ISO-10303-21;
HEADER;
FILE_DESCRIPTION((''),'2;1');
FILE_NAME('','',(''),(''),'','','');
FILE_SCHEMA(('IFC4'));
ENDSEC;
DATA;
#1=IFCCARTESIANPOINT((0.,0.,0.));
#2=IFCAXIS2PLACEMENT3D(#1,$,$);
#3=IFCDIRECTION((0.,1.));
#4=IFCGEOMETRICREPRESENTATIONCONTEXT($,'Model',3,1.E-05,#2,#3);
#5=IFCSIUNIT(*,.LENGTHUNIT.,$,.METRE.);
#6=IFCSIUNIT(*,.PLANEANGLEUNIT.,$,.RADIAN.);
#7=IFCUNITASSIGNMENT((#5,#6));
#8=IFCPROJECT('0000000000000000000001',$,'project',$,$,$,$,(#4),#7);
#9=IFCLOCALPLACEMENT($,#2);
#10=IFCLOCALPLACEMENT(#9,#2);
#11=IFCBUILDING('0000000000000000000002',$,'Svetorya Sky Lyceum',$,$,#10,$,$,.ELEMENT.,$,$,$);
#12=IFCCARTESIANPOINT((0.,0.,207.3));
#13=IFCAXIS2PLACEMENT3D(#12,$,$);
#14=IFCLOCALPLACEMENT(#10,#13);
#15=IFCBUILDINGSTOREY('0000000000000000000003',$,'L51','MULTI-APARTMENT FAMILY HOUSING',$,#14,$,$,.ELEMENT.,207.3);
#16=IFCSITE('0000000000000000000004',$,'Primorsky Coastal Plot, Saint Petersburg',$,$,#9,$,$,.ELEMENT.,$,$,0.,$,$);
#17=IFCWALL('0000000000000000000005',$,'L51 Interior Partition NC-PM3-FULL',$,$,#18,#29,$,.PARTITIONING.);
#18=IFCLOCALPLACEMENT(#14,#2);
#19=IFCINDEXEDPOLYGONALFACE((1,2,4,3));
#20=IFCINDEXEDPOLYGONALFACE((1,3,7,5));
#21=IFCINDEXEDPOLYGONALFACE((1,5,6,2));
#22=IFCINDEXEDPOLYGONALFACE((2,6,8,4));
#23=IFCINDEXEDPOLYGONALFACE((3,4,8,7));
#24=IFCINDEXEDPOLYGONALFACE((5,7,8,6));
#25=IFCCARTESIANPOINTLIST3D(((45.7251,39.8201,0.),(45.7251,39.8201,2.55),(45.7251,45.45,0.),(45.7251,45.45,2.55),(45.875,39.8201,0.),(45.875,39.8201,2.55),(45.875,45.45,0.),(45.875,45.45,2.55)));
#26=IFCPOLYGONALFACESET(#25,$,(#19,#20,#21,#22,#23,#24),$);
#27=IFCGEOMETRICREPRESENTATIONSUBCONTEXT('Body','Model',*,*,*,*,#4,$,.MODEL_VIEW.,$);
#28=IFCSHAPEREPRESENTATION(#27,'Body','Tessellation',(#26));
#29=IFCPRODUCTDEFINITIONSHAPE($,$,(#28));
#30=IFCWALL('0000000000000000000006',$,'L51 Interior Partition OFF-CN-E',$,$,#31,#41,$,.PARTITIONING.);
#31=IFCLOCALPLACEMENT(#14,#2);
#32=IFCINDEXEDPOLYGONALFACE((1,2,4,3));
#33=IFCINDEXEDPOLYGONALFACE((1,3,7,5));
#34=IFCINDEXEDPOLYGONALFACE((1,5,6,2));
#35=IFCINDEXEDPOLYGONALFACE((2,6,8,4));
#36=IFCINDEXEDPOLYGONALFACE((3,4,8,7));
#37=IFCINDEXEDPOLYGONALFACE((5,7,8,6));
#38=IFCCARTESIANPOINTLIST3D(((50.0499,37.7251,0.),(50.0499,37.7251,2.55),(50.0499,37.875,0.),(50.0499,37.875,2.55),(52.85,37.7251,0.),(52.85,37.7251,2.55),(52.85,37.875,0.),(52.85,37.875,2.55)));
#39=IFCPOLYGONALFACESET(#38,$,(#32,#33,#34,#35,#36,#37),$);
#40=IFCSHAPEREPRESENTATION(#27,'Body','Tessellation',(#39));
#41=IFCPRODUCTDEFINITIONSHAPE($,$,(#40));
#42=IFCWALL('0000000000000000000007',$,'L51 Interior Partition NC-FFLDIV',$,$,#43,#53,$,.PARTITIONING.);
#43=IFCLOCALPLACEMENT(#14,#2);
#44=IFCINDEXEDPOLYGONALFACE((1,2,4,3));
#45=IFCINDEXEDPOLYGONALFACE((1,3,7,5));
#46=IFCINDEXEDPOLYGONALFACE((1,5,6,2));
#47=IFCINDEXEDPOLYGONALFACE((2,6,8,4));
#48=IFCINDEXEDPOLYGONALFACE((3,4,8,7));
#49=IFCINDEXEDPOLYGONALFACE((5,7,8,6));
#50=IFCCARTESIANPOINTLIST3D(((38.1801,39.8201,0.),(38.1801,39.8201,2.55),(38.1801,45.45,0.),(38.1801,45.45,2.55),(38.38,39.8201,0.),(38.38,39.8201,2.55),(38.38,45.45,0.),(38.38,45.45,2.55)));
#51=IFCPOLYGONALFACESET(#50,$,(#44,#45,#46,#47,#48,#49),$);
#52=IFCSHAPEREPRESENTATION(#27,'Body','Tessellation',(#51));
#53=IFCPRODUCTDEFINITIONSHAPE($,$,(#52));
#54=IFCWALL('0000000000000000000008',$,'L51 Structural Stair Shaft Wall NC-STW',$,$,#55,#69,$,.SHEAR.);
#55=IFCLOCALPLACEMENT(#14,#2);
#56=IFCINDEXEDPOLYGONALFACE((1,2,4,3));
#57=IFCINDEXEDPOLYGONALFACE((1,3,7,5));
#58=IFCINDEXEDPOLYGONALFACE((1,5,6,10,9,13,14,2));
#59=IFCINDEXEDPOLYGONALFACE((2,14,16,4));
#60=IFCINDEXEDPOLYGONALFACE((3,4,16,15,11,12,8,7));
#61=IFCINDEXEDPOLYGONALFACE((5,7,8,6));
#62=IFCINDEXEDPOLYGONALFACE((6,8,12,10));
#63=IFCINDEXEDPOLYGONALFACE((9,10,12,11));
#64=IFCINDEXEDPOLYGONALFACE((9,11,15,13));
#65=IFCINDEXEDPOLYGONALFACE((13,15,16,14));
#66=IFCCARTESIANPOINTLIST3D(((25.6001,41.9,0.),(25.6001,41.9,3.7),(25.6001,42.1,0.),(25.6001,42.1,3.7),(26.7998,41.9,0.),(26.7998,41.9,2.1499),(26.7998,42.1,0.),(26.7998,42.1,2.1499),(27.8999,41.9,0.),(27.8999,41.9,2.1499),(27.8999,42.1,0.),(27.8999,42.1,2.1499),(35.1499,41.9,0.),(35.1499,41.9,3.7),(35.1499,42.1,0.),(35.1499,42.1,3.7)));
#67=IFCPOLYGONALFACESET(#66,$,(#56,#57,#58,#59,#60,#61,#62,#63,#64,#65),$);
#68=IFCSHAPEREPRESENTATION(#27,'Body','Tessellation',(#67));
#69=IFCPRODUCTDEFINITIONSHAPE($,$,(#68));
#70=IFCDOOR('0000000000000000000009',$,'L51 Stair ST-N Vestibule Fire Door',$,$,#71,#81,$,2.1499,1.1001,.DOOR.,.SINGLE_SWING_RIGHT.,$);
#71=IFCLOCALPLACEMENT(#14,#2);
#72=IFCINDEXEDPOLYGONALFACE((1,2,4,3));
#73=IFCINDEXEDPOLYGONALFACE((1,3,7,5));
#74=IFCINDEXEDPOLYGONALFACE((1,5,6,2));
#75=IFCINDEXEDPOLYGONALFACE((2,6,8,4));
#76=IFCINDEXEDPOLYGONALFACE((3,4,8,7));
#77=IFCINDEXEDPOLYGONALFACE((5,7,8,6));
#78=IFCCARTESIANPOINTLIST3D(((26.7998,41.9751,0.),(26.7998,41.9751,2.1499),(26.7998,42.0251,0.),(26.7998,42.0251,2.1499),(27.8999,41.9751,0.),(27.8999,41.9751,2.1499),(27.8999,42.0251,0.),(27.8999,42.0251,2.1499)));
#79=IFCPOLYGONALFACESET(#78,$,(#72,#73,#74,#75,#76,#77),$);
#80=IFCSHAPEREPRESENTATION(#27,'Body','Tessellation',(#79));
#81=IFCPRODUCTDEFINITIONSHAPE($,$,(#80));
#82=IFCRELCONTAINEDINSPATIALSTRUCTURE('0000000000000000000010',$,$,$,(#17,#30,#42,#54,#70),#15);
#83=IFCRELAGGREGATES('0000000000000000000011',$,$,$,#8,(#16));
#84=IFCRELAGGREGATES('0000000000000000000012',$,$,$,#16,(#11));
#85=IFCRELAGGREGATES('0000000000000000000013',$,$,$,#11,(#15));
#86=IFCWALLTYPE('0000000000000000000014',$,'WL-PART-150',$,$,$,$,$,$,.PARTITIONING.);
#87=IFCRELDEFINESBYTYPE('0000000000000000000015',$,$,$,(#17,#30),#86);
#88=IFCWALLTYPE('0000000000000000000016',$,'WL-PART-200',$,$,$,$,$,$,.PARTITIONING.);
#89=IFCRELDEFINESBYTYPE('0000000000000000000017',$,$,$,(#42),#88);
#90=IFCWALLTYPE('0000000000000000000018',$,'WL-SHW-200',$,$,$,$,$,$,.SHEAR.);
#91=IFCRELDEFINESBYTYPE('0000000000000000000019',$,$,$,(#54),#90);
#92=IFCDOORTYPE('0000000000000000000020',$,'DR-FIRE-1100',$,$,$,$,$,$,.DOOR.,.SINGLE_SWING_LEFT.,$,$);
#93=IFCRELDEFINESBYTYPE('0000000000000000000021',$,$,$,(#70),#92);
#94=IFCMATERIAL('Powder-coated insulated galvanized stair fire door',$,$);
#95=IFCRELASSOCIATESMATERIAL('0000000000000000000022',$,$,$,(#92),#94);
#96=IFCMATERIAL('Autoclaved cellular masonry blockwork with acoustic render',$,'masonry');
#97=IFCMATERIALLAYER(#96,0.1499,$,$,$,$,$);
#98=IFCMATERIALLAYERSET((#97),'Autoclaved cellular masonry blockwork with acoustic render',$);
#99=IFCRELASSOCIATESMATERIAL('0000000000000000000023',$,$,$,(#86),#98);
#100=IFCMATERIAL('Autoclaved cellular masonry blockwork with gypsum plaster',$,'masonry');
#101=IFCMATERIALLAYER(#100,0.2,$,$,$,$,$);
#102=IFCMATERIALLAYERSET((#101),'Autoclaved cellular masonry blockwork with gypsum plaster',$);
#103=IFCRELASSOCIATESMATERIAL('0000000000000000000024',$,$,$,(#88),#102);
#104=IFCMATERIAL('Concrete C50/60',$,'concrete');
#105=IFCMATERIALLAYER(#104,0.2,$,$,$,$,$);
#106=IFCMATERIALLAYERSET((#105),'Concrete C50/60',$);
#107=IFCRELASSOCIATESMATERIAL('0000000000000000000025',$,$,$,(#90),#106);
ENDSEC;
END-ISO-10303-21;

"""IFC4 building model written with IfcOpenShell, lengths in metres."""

from ifc_helpers import new_model, si_unit, direction, frame, frame_2d, origin, place, context, subcontext, project, spatial, rectangle, extrude, material, layer, layer_set, type_object, element, fill, save


model = new_model("IFC4")

# Units and contexts
model_context = context("Model", 3, precision=1e-05, world=origin(), true_north=direction((0.0, 1.0)))
body_context = subcontext(model_context, "Body", "Model", "MODEL_VIEW")
ifc_project = project(units=[si_unit("LENGTHUNIT", "METRE"), si_unit("PLANEANGLEUNIT", "RADIAN")], contexts=[model_context])

# Site, building, storey
site_placement = place(None, origin())
site = spatial("IfcSite", under=ifc_project, at=site_placement, Name="Primorsky Coastal Plot, Saint Petersburg", CompositionType="ELEMENT", RefElevation=0.0)
building_placement = place(site_placement, origin())
building = spatial("IfcBuilding", under=site, at=building_placement, Name="Svetorya Sky Lyceum", CompositionType="ELEMENT")
storey_placement = place(building_placement, frame((0.0, 0.0, 207.3)))
storey = spatial("IfcBuildingStorey", under=building, at=storey_placement, Name="L51", Description="MULTI-APARTMENT FAMILY HOUSING", CompositionType="ELEMENT", Elevation=207.3)

# Shared definitions
ifc_material_1 = material(Name="Concrete C50/60", Category="concrete")

# Shared definitions
ifc_material_2 = material(Name="Powder-coated insulated galvanized stair fire door")
door_type_1 = type_object("IfcDoorType", Name="DR-FIRE-1100", OperationType="SINGLE_SWING_LEFT", PredefinedType="DOOR", material=ifc_material_2)

# Walls
ifc_material_3 = material(Name="Autoclaved cellular masonry blockwork with acoustic render", Category="masonry")
ifc_layer_1 = layer(ifc_material_3, 0.1499)
ifc_layer_set_1 = layer_set([ifc_layer_1], Name="Autoclaved cellular masonry blockwork with acoustic render")
wall_type_1 = type_object("IfcWallType", Name="WL-PART-150", PredefinedType="PARTITIONING", material=ifc_layer_set_1)
for number, where, z_axis, x_axis, name in (
    (1, (45.8, 39.8201, 0.0), (0.0, 0.0, 1.0), (0.0, 1.0, 0.0), "L51 Interior Partition NC-PM3-FULL"),
):
    element("IfcWall", number, at=place(storey_placement, frame(where, z_axis=z_axis, x_axis=x_axis)), inside=storey, type_object=wall_type_1, Name=name, PredefinedType="PARTITIONING", context=body_context, shape_type="SweptSolid", body=[
        extrude(rectangle(XDim=5.6299, YDim=0.1499, at=frame_2d((2.8149, 0.0))), origin(), (0.0, 0.0, 1.0), 2.55),
    ])
wall_1_placement = place(storey_placement, frame((50.05, 37.8, 0.0), z_axis=(0.0, 0.0, 1.0), x_axis=(1.0, 0.0, 0.0)))
element("IfcWall", 2, at=wall_1_placement, inside=storey, type_object=wall_type_1, Name="L51 Interior Partition OFF-CN-E", PredefinedType="PARTITIONING", context=body_context, shape_type="SweptSolid", body=[
    extrude(rectangle(XDim=2.8, YDim=0.1499, at=frame_2d((1.3999, 0.0))), origin(), (0.0, 0.0, 1.0), 2.55),
])

# Shared definitions
ifc_material_4 = material(Name="Autoclaved cellular masonry blockwork with gypsum plaster", Category="masonry")
ifc_layer_2 = layer(ifc_material_4, 0.2)
ifc_layer_set_2 = layer_set([ifc_layer_2], Name="Autoclaved cellular masonry blockwork with gypsum plaster")
wall_type_2 = type_object("IfcWallType", Name="WL-PART-200", PredefinedType="PARTITIONING", material=ifc_layer_set_2)

# Wall
wall_2_placement = place(storey_placement, frame((38.28, 39.8201, 0.0), z_axis=(0.0, 0.0, 1.0), x_axis=(0.0, 1.0, 0.0)))
element("IfcWall", 3, at=wall_2_placement, inside=storey, type_object=wall_type_2, Name="L51 Interior Partition NC-FFLDIV", PredefinedType="PARTITIONING", context=body_context, shape_type="SweptSolid", body=[
    extrude(rectangle(XDim=5.6299, YDim=0.2, at=frame_2d((2.8149, 0.0))), origin(), (0.0, 0.0, 1.0), 2.55),
])

# Wall, opening, door
ifc_layer_3 = layer(ifc_material_1, 0.2)
ifc_layer_set_3 = layer_set([ifc_layer_3], Name="Concrete C50/60")
wall_type_3 = type_object("IfcWallType", Name="WL-SHW-200", PredefinedType="SHEAR", material=ifc_layer_set_3)
wall_3_placement = place(storey_placement, frame((35.1499, 42.0, 0.0), z_axis=(0.0, 0.0, 1.0), x_axis=(-1.0, 0.0, 0.0)))
wall_3 = element("IfcWall", 4, at=wall_3_placement, inside=storey, type_object=wall_type_3, Name="L51 Structural Stair Shaft Wall NC-STW", PredefinedType="SHEAR", context=body_context, shape_type="SweptSolid", body=[
    extrude(rectangle(XDim=9.5498, YDim=0.2, at=frame_2d((4.7749, 0.0))), origin(), (0.0, 0.0, 1.0), 3.7),
])
opening_1_placement = place(wall_3_placement, frame((7.25, 0.0, 0.0)))
opening_1 = element("IfcOpeningElement", 5, at=opening_1_placement, cuts=wall_3, PredefinedType="OPENING", context=body_context, shape_type="SweptSolid", body=[
    extrude(rectangle(XDim=1.1001, YDim=2.1499, at=frame_2d((0.55, 1.075))), frame((0.0, 0.1099, 0.0), z_axis=(0.0, -1.0, 0.0), x_axis=(1.0, 0.0, 0.0)), (0.0, 0.0, 1.0), 0.22),
])
door_1_placement = place(opening_1_placement, origin())
door_1 = element("IfcDoor", 6, at=door_1_placement, inside=storey, type_object=door_type_1, Name="L51 Stair ST-N Vestibule Fire Door", OperationType="SINGLE_SWING_RIGHT", OverallHeight=2.1499, OverallWidth=1.1001, PredefinedType="DOOR", context=body_context, shape_type="SweptSolid", body=[
    extrude(rectangle(XDim=1.1001, YDim=2.1499, at=frame_2d((0.55, 1.075))), frame((0.0, 0.0249, 0.0), z_axis=(0.0, -1.0, 0.0), x_axis=(1.0, 0.0, 0.0)), (0.0, 0.0, 1.0), 0.05),
])
fill(opening_1, door_1)

save(model, "model.ifc")
